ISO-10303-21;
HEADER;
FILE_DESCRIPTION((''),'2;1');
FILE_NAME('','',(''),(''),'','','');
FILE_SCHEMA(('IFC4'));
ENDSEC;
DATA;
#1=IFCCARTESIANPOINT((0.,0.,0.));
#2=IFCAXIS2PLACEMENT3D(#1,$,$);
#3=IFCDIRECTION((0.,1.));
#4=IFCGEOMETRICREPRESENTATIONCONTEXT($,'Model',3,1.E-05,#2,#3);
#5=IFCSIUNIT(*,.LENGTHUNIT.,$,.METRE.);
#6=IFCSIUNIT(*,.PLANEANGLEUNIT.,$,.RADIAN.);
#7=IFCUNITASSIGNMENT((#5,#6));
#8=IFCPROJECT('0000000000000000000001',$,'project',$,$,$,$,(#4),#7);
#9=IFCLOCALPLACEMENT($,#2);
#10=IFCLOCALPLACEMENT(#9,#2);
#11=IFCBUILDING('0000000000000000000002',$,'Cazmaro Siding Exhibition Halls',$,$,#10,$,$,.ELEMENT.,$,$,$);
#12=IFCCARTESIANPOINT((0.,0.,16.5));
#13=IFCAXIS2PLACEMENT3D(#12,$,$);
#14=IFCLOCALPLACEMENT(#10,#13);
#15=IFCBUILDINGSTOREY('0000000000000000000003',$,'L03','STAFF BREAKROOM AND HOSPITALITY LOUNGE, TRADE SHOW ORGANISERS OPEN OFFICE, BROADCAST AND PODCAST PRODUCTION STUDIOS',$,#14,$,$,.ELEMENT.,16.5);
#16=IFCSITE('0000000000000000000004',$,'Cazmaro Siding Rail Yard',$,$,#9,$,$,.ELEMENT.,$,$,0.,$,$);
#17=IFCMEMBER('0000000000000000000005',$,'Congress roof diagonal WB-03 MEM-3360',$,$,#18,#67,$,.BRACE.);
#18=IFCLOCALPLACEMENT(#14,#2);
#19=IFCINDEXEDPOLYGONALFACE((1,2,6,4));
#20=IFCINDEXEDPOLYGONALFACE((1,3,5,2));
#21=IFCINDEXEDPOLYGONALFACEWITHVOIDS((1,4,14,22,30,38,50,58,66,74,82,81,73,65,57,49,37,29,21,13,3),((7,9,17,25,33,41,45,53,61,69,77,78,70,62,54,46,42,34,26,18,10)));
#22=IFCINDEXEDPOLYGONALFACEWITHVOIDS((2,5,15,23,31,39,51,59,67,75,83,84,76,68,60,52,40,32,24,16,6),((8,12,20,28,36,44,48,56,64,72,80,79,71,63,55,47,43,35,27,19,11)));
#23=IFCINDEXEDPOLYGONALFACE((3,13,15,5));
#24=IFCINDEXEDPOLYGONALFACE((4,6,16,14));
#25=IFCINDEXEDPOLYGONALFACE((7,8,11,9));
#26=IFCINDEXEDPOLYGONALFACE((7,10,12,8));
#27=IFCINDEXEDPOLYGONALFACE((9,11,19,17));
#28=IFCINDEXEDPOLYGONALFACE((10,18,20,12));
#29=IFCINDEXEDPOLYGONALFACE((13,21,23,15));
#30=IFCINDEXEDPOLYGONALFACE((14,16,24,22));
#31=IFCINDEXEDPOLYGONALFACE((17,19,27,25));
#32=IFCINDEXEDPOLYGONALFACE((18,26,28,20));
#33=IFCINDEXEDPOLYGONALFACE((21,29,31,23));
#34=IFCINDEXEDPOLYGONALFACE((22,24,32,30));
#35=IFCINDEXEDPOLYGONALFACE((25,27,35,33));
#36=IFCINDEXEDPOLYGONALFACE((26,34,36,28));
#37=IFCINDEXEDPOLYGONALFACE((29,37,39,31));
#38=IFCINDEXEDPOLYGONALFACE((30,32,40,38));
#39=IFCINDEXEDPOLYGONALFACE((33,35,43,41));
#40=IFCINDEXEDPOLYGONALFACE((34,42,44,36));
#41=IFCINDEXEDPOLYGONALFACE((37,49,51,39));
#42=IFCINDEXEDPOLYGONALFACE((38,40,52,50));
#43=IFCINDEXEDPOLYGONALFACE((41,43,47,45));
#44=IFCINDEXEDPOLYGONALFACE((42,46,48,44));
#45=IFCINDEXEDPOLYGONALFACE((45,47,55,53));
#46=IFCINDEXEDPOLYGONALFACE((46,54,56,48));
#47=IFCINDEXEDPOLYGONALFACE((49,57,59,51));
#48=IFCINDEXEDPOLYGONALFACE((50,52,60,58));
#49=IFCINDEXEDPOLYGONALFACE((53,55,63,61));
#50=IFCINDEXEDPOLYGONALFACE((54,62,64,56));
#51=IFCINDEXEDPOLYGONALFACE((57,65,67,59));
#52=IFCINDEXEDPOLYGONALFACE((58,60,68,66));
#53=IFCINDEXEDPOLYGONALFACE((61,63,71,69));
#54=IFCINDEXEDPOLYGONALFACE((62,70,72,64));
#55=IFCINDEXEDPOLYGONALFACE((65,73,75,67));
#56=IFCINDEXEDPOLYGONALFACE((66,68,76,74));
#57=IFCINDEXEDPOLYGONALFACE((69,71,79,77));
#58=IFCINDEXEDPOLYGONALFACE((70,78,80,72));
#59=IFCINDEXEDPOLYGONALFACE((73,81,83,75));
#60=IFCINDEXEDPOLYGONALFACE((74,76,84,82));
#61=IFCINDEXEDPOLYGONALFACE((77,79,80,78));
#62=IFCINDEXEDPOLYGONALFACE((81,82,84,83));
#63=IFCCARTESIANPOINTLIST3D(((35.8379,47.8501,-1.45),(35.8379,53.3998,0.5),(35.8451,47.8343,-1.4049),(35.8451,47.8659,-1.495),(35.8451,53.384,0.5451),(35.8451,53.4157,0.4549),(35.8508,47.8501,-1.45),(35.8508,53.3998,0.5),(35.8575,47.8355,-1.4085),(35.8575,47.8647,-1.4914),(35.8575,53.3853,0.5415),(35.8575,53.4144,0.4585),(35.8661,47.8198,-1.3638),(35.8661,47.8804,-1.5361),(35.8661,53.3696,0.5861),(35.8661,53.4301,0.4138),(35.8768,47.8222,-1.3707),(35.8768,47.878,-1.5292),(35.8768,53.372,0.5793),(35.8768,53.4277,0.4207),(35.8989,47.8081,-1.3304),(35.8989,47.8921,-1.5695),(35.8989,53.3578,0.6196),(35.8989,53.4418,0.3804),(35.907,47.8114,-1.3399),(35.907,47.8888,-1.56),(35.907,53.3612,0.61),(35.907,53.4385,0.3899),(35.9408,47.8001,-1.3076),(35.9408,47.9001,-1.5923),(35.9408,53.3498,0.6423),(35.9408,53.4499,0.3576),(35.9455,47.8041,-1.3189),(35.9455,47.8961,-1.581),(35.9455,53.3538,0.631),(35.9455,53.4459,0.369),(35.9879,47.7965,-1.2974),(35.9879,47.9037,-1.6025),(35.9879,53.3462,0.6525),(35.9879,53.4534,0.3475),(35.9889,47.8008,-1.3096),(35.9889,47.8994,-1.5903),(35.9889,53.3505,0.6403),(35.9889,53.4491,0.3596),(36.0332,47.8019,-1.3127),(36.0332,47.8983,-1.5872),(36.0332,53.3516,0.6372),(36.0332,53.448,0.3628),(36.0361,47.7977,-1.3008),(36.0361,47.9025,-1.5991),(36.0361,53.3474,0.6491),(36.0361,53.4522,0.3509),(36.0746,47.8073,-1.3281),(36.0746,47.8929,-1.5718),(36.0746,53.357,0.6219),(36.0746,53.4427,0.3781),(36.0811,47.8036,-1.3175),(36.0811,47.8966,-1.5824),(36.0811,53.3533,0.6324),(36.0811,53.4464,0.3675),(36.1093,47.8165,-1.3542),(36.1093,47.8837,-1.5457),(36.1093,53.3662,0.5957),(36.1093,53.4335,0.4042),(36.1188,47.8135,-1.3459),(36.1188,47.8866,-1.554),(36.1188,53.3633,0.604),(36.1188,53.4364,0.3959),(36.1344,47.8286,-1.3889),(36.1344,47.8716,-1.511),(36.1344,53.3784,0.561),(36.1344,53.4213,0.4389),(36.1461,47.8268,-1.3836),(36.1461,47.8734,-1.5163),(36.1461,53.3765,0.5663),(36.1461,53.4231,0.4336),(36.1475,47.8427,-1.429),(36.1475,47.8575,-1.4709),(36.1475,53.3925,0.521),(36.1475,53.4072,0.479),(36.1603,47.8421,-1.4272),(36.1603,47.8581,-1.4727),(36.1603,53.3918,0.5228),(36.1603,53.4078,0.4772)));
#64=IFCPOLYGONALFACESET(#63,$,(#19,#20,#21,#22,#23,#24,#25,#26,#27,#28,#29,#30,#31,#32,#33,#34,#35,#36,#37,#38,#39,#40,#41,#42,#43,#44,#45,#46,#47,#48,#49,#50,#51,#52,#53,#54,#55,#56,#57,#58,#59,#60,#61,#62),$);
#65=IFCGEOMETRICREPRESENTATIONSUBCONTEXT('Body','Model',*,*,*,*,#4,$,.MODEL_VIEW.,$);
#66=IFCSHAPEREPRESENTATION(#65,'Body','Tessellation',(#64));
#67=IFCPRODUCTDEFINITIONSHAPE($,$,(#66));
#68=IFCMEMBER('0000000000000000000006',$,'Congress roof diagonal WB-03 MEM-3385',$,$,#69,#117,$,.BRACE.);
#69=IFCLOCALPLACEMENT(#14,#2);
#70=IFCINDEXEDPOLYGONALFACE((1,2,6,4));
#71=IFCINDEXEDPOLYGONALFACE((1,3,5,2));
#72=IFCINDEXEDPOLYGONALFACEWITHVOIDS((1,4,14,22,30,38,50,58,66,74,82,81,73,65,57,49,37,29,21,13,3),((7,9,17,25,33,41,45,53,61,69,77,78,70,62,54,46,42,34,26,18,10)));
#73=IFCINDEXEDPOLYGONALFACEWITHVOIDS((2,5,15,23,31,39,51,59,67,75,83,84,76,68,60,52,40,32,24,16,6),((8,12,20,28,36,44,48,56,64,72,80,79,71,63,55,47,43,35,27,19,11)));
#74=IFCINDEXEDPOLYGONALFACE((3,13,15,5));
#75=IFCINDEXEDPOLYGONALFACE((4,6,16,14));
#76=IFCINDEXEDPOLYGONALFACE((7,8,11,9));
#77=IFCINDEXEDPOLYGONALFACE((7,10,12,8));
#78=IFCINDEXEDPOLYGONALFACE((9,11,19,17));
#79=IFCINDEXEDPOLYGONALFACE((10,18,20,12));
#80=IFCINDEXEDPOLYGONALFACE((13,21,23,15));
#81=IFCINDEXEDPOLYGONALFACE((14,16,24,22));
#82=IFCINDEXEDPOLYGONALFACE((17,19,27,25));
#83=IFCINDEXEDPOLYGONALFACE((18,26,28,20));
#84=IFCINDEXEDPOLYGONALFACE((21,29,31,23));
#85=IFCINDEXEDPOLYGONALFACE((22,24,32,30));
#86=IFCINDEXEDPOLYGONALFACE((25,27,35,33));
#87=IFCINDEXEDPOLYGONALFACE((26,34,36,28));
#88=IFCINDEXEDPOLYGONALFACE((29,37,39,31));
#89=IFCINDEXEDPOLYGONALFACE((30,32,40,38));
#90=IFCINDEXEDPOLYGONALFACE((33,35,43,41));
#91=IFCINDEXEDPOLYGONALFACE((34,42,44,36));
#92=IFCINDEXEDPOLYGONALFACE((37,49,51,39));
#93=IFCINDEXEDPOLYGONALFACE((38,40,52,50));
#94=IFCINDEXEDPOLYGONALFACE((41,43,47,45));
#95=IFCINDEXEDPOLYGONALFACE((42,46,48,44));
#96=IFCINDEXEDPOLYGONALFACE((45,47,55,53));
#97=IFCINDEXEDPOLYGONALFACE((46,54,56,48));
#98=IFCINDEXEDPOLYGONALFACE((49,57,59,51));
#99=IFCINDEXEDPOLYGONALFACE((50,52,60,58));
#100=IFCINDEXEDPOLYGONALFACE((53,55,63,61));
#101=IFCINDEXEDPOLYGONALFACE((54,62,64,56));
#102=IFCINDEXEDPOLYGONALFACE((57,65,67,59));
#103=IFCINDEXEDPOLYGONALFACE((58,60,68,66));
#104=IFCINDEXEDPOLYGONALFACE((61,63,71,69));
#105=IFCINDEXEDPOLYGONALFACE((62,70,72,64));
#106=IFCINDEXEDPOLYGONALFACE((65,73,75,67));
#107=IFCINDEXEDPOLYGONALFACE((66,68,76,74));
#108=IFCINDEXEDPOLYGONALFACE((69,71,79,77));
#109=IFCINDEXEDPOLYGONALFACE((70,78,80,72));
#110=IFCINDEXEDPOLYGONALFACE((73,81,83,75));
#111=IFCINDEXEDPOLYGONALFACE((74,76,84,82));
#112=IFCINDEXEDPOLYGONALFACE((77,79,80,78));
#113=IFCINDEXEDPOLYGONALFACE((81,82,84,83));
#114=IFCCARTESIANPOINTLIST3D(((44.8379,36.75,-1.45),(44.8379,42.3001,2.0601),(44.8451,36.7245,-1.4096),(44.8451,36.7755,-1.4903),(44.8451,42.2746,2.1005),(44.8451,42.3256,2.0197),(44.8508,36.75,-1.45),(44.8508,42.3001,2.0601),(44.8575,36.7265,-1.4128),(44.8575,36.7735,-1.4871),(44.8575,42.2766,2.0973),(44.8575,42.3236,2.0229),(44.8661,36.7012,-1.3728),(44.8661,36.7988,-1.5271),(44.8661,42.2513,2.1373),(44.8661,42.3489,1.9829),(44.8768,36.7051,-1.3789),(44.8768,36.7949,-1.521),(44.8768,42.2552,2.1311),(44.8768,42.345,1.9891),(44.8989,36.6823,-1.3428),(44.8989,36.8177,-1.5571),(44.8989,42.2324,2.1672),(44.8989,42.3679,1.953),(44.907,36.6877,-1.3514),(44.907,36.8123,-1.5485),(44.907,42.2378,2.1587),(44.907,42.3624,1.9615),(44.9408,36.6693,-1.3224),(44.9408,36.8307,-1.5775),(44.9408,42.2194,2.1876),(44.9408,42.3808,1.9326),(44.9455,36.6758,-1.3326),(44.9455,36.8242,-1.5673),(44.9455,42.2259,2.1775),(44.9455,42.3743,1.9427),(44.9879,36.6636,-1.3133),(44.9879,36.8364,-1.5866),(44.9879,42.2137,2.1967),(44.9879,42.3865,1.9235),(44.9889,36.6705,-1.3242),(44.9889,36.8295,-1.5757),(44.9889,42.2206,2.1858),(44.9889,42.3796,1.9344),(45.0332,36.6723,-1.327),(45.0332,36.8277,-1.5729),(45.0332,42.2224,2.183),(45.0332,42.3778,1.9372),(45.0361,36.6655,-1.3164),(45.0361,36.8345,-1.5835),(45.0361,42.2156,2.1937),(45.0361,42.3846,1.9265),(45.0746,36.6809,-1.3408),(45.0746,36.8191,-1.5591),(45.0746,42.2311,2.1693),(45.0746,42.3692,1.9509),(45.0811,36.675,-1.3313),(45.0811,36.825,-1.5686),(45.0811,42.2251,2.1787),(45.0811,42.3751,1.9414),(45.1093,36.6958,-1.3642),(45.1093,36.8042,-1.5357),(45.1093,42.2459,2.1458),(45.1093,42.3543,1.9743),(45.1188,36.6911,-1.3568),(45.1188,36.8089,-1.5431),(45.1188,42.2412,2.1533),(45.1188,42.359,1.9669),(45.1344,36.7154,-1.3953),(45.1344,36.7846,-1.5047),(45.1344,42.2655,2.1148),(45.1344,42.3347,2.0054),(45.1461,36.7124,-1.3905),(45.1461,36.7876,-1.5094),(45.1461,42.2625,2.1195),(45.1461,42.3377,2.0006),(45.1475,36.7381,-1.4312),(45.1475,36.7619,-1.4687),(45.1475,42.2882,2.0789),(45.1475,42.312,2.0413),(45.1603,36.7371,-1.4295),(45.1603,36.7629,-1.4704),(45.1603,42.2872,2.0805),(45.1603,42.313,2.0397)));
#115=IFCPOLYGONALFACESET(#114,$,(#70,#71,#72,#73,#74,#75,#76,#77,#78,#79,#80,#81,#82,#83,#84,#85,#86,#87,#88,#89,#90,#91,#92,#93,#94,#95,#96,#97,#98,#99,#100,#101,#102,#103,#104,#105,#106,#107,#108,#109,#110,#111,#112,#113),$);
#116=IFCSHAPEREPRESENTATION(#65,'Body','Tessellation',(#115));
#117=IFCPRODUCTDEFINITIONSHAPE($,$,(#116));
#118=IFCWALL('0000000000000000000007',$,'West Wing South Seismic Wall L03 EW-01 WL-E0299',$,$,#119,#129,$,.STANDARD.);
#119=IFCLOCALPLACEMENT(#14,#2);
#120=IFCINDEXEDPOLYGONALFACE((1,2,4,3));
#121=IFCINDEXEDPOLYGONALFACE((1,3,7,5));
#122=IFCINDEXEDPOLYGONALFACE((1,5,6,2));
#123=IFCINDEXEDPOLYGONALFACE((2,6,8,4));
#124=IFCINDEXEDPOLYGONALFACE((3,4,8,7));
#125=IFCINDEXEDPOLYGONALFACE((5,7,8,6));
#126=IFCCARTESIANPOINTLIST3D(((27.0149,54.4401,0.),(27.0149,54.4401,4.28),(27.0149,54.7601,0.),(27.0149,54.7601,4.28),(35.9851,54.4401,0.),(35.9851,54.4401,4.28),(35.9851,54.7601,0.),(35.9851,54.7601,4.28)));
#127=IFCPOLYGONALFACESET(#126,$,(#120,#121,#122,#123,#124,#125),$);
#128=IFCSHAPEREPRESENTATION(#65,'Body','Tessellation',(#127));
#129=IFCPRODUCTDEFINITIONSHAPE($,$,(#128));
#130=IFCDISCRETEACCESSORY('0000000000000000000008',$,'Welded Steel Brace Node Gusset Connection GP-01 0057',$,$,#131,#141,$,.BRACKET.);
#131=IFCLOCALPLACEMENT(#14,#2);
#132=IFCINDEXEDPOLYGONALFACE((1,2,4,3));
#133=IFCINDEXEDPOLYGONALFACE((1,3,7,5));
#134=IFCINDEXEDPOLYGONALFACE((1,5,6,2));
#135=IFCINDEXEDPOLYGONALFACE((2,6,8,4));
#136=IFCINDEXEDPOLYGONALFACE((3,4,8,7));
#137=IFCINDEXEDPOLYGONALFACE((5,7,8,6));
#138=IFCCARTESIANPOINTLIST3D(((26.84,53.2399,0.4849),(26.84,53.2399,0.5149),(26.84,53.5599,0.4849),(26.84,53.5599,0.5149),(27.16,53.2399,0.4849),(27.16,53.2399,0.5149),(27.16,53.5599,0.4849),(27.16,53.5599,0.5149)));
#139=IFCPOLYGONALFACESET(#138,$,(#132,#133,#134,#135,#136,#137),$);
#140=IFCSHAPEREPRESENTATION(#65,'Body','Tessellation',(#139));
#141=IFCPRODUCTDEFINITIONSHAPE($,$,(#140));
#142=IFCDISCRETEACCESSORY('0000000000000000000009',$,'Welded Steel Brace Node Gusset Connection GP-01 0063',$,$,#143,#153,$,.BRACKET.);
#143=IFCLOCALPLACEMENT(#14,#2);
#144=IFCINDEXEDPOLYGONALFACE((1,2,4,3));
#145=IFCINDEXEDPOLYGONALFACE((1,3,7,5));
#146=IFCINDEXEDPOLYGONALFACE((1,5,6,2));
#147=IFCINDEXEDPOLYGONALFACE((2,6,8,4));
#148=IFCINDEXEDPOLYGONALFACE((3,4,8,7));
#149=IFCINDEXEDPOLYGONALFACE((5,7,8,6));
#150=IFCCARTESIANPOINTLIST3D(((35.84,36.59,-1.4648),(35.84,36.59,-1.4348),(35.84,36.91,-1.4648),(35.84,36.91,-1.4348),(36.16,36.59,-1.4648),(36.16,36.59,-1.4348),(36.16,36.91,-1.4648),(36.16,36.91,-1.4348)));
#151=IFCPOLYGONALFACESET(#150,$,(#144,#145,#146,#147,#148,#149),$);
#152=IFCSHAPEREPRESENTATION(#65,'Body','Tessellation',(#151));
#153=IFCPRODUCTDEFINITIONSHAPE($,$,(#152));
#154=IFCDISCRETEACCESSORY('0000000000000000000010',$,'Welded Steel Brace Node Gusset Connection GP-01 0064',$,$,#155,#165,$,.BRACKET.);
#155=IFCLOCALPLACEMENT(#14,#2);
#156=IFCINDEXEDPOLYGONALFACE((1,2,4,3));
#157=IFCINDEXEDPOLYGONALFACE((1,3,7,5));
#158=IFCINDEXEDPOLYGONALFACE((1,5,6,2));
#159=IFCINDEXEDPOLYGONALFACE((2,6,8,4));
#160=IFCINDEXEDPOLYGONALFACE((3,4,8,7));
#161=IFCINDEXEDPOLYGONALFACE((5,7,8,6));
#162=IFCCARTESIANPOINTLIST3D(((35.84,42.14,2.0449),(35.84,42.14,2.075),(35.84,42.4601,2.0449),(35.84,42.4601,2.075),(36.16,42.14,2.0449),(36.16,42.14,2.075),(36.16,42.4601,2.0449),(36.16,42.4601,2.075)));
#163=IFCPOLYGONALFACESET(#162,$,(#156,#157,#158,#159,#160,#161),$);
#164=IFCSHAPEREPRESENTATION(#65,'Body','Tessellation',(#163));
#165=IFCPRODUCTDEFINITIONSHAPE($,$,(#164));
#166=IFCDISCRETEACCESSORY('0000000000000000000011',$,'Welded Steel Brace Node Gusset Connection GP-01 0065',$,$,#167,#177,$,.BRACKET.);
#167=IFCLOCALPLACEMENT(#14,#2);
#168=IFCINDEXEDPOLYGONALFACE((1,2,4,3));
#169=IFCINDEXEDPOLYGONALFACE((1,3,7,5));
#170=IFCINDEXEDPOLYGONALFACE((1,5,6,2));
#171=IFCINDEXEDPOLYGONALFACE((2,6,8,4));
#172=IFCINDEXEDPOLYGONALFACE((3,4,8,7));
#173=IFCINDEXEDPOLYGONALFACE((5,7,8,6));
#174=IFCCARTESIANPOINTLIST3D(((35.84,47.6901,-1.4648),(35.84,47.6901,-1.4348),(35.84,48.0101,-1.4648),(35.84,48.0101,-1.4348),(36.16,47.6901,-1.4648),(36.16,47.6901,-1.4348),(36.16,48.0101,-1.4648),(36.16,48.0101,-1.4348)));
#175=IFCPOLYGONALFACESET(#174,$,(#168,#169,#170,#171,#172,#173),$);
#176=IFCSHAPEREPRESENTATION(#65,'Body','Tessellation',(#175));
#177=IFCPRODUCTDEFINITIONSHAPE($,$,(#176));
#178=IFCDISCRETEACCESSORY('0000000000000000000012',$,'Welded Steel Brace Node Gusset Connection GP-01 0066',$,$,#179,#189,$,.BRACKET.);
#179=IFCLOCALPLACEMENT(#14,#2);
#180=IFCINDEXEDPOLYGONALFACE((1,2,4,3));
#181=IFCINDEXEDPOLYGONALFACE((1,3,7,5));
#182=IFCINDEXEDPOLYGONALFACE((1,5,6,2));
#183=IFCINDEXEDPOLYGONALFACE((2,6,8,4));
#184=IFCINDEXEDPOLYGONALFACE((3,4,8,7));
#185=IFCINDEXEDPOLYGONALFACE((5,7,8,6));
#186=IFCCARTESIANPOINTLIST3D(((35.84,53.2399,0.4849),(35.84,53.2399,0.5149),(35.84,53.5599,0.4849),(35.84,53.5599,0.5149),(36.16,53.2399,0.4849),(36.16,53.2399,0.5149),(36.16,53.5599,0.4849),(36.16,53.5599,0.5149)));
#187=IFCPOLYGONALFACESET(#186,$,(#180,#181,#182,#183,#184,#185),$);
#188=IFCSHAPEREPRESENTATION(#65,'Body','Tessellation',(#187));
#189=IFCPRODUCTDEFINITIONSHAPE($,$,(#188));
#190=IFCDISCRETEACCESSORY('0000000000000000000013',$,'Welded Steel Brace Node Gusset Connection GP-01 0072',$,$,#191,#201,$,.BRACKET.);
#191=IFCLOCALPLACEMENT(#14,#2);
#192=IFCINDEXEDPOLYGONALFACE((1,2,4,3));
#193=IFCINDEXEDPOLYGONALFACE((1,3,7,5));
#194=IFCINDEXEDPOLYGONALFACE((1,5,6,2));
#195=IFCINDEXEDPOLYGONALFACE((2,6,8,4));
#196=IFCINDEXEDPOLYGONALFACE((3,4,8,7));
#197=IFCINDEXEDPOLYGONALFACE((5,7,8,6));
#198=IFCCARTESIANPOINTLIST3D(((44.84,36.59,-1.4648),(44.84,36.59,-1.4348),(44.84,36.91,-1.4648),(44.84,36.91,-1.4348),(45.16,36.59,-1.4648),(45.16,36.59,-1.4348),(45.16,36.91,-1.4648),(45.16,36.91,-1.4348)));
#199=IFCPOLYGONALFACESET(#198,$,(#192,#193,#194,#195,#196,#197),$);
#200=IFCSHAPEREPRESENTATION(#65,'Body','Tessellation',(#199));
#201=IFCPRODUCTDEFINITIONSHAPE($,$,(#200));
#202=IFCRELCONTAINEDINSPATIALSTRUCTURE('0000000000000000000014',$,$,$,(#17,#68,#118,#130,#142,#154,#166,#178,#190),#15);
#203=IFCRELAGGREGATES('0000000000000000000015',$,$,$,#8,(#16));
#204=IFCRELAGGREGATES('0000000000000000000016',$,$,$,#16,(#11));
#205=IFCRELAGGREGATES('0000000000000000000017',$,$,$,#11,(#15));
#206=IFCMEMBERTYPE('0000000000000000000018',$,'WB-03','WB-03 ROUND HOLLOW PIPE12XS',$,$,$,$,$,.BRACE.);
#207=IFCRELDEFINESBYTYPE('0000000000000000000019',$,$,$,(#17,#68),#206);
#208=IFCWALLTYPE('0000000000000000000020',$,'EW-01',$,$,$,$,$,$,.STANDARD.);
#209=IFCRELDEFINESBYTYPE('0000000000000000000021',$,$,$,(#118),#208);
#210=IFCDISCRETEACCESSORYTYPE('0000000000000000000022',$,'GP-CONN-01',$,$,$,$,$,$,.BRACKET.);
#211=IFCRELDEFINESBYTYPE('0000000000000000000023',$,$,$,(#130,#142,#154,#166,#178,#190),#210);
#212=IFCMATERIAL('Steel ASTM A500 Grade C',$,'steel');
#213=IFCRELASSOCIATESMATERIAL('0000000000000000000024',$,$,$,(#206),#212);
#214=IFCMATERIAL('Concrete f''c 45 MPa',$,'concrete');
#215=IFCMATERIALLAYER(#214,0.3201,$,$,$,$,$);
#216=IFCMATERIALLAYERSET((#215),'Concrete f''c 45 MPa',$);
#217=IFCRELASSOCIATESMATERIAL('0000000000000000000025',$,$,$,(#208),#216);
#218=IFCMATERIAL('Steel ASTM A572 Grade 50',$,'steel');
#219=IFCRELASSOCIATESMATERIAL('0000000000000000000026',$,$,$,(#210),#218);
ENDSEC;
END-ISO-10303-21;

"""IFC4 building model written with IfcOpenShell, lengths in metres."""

from ifc_helpers import new_model, si_unit, direction, frame, frame_2d, origin, origin_2d, place, context, subcontext, project, spatial, rectangle, hollow_circle, extrude, material, layer, layer_set, material_profile, profile_set, type_object, element, save


model = new_model("IFC4")

# Units and contexts
model_context = context("Model", 3, precision=1e-05, world=origin(), true_north=direction((0.0, 1.0)))
body_context = subcontext(model_context, "Body", "Model", "MODEL_VIEW")
ifc_project = project(units=[si_unit("LENGTHUNIT", "METRE"), si_unit("PLANEANGLEUNIT", "RADIAN")], contexts=[model_context])

# Site, building, storey
site_placement = place(None, origin())
site = spatial("IfcSite", under=ifc_project, at=site_placement, Name="Cazmaro Siding Rail Yard", CompositionType="ELEMENT", RefElevation=0.0)
building_placement = place(site_placement, origin())
building = spatial("IfcBuilding", under=site, at=building_placement, Name="Cazmaro Siding Exhibition Halls", CompositionType="ELEMENT")
storey_placement = place(building_placement, frame((0.0, 0.0, 16.5)))
storey = spatial("IfcBuildingStorey", under=building, at=storey_placement, Name="L03", Description="STAFF BREAKROOM AND HOSPITALITY LOUNGE, TRADE SHOW ORGANISERS OPEN OFFICE, BROADCAST AND PODCAST PRODUCTION STUDIOS", CompositionType="ELEMENT", Elevation=16.5)

# Members
ifc_material_1 = material(Name="Steel ASTM A500 Grade C", Category="steel")
ifc_material_profile_1 = material_profile(ifc_material_1, hollow_circle(Radius=0.1621, WallThickness=0.0129, at=origin_2d()), Name="PIPE12XS")
ifc_profile_set_1 = profile_set([ifc_material_profile_1], Name="Steel ASTM A500 Grade C")
member_type_1 = type_object("IfcMemberType", Name="WB-03", Description="WB-03 ROUND HOLLOW PIPE12XS", PredefinedType="BRACE", material=ifc_profile_set_1)
member_1_placement = place(storey_placement, frame((36.0, 47.8501, -1.45), z_axis=(0.0, 0.943459, 0.331489), x_axis=(-1.0, 0.0, 0.0)))
element("IfcMember", 1, at=member_1_placement, inside=storey, type_object=member_type_1, Name="Congress roof diagonal WB-03 MEM-3360", PredefinedType="BRACE", context=body_context, shape_type="SweptSolid", body=[
    extrude(hollow_circle(Radius=0.1621, WallThickness=0.0129, at=origin_2d()), origin(), (0.0, 0.0, 1.0), 5.8823),
])
member_2_placement = place(storey_placement, frame((45.0, 36.75, -1.45), z_axis=(0.0, 0.845165, 0.534506), x_axis=(-1.0, 0.0, 0.0)))
element("IfcMember", 2, at=member_2_placement, inside=storey, type_object=member_type_1, Name="Congress roof diagonal WB-03 MEM-3385", PredefinedType="BRACE", context=body_context, shape_type="SweptSolid", body=[
    extrude(hollow_circle(Radius=0.1621, WallThickness=0.0129, at=origin_2d()), origin(), (0.0, 0.0, 1.0), 6.5669),
])

# Wall
ifc_material_2 = material(Name="Concrete f'c 45 MPa", Category="concrete")
ifc_layer_1 = layer(ifc_material_2, 0.3201)
ifc_layer_set_1 = layer_set([ifc_layer_1], Name="Concrete f'c 45 MPa")
wall_type = type_object("IfcWallType", Name="EW-01", PredefinedType="STANDARD", material=ifc_layer_set_1)
wall_placement = place(storey_placement, frame((35.9851, 54.6001, 0.0), z_axis=(0.0, 0.0, 1.0), x_axis=(-1.0, 0.0, 0.0)))
element("IfcWall", 3, at=wall_placement, inside=storey, type_object=wall_type, Name="West Wing South Seismic Wall L03 EW-01 WL-E0299", PredefinedType="STANDARD", context=body_context, shape_type="SweptSolid", body=[
    extrude(rectangle(XDim=8.9702, YDim=0.3201, at=frame_2d((4.4851, 0.0))), origin(), (0.0, 0.0, 1.0), 4.28),
])

# Discrete accessories
ifc_material_3 = material(Name="Steel ASTM A572 Grade 50", Category="steel")
discrete_accessory_type = type_object("IfcDiscreteAccessoryType", Name="GP-CONN-01", PredefinedType="BRACKET", material=ifc_material_3)
for number, where, z_axis, x_axis, name in (
    (4, (27.0, 53.3999, 0.4849), (0.0, 0.0, 1.0), (1.0, 0.0, 0.0), "Welded Steel Brace Node Gusset Connection GP-01 0057"),
    (5, (36.0, 36.75, -1.4648), (0.0, 0.0, 1.0), (1.0, 0.0, 0.0), "Welded Steel Brace Node Gusset Connection GP-01 0063"),
    (6, (36.0, 42.3, 2.0449), (0.0, 0.0, 1.0), (1.0, 0.0, 0.0), "Welded Steel Brace Node Gusset Connection GP-01 0064"),
    (7, (36.0, 47.8501, -1.4648), (0.0, 0.0, 1.0), (1.0, 0.0, 0.0), "Welded Steel Brace Node Gusset Connection GP-01 0065"),
    (8, (36.0, 53.3999, 0.4849), (0.0, 0.0, 1.0), (1.0, 0.0, 0.0), "Welded Steel Brace Node Gusset Connection GP-01 0066"),
    (9, (45.0, 36.75, -1.4648), (0.0, 0.0, 1.0), (1.0, 0.0, 0.0), "Welded Steel Brace Node Gusset Connection GP-01 0072"),
):
    element("IfcDiscreteAccessory", number, at=place(storey_placement, frame(where, z_axis=z_axis, x_axis=x_axis)), inside=storey, type_object=discrete_accessory_type, Name=name, PredefinedType="BRACKET", context=body_context, shape_type="SweptSolid", body=[
        extrude(rectangle(XDim=0.3201, YDim=0.3201, at=origin_2d()), origin(), (0.0, 0.0, 1.0), 0.03),
    ])

save(model, "model.ifc")
